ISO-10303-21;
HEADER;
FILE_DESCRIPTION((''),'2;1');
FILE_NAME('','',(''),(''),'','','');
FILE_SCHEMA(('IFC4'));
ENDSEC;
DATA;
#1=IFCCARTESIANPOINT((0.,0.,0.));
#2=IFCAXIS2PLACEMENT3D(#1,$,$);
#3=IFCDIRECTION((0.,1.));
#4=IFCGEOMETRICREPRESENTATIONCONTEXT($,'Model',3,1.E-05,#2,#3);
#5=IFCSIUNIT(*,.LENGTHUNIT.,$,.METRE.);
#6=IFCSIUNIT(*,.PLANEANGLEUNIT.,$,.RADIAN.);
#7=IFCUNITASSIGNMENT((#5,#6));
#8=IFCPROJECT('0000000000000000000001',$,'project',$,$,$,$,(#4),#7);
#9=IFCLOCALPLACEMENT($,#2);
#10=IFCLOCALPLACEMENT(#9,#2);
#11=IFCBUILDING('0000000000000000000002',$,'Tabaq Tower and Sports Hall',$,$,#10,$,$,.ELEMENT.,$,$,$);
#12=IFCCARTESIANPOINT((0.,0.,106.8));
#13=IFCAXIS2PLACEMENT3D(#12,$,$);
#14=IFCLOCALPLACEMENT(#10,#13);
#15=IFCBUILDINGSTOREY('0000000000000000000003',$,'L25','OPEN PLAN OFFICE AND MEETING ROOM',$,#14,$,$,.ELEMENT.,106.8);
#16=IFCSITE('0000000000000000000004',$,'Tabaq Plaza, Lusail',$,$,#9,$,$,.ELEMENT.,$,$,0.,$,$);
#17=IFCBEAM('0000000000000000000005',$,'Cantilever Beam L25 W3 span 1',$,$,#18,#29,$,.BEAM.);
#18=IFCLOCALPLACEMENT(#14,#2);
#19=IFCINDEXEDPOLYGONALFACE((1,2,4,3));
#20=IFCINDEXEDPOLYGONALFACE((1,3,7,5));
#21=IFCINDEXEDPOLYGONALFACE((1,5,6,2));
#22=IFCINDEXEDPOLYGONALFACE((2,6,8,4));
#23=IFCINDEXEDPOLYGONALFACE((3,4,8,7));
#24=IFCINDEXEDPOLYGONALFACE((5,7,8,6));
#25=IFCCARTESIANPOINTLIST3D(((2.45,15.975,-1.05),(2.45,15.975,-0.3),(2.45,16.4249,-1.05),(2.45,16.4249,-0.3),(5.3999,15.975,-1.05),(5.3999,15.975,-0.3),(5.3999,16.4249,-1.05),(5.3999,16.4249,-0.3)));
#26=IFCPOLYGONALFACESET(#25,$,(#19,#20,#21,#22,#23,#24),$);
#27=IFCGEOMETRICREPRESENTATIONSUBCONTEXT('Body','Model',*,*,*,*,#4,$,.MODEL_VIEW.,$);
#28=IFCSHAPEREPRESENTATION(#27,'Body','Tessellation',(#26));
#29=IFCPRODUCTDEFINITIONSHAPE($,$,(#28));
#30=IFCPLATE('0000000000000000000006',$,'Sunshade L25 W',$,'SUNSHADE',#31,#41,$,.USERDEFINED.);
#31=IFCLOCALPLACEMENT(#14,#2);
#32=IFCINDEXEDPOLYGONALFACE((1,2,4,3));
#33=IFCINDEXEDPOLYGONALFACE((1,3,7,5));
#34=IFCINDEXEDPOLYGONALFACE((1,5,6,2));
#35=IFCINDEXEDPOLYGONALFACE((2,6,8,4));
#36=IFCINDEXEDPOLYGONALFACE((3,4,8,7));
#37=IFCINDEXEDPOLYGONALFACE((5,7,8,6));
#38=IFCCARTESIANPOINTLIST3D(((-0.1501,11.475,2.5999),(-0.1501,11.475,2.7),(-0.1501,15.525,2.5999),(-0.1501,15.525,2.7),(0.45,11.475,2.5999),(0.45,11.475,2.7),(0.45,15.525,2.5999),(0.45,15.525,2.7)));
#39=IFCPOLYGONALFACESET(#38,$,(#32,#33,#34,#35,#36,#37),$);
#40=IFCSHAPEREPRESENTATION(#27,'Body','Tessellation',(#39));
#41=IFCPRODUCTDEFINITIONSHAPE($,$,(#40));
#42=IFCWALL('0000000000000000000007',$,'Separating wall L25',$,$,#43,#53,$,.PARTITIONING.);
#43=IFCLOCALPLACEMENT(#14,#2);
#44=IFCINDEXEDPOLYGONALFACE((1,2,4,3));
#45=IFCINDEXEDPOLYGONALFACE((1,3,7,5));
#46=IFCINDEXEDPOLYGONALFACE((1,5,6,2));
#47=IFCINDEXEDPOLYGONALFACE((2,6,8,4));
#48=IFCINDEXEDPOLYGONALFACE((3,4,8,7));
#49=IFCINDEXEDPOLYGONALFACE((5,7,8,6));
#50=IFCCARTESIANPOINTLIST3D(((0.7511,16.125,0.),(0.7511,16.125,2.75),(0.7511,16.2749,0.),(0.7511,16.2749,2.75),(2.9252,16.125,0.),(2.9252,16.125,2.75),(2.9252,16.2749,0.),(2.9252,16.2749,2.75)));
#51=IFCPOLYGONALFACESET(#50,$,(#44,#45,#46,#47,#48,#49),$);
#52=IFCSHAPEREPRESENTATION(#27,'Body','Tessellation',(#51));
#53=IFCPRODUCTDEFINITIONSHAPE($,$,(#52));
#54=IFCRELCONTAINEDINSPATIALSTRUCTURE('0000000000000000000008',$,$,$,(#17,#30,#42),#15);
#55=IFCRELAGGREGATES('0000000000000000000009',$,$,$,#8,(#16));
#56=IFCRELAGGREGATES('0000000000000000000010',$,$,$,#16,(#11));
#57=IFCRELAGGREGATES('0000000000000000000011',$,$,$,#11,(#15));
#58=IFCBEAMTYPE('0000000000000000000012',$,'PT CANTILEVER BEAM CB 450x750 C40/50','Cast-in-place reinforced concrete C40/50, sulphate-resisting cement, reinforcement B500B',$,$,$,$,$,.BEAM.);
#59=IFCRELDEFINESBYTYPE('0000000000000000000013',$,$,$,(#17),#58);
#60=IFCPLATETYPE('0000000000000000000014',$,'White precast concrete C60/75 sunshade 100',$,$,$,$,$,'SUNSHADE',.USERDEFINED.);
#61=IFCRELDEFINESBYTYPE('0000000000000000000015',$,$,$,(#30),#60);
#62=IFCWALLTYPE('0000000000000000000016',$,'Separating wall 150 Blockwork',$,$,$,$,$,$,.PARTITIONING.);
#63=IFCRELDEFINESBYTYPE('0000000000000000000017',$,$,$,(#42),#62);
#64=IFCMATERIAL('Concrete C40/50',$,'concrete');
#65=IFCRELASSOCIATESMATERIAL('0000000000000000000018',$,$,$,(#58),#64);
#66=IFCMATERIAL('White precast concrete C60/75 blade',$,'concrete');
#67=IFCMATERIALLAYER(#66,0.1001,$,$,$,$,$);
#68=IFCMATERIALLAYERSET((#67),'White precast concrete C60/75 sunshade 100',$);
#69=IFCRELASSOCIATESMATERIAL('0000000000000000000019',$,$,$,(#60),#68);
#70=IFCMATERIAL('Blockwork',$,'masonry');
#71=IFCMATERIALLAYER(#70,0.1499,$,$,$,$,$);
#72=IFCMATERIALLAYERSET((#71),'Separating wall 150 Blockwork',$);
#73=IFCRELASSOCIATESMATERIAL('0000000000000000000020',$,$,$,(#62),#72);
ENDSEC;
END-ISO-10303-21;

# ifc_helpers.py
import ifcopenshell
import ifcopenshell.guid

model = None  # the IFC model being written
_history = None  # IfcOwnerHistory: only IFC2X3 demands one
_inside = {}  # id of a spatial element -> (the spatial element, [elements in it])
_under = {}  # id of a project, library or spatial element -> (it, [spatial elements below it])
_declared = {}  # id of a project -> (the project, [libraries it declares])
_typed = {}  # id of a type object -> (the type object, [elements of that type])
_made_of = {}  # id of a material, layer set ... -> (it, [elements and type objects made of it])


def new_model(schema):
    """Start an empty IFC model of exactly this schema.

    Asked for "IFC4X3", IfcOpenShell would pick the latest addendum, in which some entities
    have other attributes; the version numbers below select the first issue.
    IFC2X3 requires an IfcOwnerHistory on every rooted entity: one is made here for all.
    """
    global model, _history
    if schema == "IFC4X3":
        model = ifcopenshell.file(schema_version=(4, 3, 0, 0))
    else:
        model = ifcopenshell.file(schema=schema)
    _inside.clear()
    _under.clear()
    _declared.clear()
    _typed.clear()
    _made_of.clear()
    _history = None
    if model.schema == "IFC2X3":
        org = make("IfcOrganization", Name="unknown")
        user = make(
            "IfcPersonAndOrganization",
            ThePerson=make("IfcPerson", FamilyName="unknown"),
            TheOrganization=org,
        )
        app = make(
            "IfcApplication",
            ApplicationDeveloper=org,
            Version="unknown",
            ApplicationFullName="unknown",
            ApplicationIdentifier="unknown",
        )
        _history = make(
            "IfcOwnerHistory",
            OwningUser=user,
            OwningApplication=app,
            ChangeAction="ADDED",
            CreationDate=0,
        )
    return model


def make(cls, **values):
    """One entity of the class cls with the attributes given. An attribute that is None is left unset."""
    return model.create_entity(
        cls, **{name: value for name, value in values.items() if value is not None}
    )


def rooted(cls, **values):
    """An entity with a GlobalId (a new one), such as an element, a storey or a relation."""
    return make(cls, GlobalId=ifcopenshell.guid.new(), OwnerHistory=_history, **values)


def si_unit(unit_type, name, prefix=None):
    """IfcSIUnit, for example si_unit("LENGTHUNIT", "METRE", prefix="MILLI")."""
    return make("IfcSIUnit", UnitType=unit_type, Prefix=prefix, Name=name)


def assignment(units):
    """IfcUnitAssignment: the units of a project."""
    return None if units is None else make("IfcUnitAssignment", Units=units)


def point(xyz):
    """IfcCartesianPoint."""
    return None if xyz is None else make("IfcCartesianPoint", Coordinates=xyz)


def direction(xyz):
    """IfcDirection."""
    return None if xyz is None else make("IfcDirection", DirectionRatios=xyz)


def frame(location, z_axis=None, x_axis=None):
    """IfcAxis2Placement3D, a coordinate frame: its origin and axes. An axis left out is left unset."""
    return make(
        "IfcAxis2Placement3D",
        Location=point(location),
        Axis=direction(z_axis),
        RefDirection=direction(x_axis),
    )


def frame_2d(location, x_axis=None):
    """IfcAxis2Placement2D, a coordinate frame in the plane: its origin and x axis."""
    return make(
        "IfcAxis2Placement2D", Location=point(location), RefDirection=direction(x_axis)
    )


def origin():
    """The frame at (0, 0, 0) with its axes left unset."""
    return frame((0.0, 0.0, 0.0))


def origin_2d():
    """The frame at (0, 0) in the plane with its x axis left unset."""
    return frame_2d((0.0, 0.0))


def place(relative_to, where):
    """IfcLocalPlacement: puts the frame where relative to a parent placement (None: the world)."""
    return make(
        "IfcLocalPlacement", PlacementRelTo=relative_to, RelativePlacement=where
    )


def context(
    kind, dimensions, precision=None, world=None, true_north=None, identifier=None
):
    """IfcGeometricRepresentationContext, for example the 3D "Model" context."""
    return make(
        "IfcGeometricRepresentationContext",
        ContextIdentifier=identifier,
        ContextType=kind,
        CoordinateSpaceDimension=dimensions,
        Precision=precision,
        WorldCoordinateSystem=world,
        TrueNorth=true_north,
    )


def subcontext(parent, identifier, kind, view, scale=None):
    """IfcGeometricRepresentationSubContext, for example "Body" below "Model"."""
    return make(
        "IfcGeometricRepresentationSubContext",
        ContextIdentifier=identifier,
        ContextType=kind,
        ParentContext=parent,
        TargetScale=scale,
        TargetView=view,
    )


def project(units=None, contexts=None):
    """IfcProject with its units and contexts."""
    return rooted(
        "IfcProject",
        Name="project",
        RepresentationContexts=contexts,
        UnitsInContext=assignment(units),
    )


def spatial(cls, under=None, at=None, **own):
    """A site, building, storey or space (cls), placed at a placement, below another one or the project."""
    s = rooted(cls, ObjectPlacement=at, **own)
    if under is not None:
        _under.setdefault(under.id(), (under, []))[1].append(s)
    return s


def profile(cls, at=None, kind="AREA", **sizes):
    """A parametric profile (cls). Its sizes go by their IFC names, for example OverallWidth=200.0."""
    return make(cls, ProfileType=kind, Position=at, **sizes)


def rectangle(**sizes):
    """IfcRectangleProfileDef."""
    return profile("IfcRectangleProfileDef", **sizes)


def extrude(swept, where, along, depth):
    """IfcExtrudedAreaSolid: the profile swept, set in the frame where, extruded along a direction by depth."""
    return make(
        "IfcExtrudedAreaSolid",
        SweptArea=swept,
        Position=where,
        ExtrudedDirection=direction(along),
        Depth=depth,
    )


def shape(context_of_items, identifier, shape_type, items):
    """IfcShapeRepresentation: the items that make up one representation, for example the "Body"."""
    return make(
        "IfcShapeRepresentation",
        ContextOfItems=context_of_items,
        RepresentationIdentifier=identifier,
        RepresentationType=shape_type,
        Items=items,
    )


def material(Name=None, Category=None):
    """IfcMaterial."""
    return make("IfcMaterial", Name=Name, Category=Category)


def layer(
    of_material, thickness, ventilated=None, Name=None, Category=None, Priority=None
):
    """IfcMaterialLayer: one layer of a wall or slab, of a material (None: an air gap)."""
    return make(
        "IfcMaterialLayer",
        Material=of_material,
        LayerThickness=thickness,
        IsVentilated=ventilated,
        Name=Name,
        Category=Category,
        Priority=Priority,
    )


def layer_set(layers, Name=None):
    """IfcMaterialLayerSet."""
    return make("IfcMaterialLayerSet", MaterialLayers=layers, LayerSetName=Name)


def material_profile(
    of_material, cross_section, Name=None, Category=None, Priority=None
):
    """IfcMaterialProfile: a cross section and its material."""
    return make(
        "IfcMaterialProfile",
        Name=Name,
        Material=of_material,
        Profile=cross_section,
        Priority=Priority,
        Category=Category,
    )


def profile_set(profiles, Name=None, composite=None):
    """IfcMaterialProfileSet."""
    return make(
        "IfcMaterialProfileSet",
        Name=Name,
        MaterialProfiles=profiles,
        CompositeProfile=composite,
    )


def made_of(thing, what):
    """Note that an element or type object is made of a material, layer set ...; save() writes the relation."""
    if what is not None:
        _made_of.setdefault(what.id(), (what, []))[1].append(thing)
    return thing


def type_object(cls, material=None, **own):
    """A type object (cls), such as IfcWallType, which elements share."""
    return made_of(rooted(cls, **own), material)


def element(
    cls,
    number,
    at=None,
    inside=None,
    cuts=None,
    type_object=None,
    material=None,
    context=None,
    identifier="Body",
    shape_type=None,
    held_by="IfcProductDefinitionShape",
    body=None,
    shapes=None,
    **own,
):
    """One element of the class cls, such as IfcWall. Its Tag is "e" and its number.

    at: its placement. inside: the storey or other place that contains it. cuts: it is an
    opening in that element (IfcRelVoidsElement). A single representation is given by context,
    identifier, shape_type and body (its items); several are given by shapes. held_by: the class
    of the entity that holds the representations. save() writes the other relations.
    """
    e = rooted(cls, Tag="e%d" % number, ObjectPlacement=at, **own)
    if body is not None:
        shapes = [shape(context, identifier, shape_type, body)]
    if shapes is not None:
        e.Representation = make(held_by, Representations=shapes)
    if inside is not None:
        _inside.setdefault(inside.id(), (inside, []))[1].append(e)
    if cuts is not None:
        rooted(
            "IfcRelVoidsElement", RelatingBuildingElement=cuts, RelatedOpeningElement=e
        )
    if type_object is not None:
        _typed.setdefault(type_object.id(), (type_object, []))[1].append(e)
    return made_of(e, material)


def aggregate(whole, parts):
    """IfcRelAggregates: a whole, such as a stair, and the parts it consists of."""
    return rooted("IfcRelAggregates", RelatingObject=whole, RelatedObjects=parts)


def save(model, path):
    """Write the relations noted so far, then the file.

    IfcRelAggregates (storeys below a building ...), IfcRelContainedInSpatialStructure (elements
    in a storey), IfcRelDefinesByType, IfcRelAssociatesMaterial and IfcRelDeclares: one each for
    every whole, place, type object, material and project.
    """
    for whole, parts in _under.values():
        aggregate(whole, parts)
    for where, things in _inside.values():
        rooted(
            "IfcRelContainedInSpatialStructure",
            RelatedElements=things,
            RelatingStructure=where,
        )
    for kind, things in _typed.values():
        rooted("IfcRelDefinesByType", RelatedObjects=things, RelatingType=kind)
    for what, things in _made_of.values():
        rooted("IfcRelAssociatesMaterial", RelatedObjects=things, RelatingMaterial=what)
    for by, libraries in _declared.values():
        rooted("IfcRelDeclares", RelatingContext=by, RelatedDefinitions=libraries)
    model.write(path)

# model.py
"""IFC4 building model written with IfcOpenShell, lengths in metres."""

from ifc_helpers import new_model, si_unit, direction, frame, frame_2d, origin, origin_2d, place, context, subcontext, project, spatial, rectangle, extrude, material, layer, layer_set, material_profile, profile_set, type_object, element, save


model = new_model("IFC4")

# Units and contexts
model_context = context("Model", 3, precision=1e-05, world=origin(), true_north=direction((0.0, 1.0)))
body_context = subcontext(model_context, "Body", "Model", "MODEL_VIEW")
ifc_project = project(units=[si_unit("LENGTHUNIT", "METRE"), si_unit("PLANEANGLEUNIT", "RADIAN")], contexts=[model_context])

# Site, building, storey
site_placement = place(None, origin())
site = spatial("IfcSite", under=ifc_project, at=site_placement, Name="Tabaq Plaza, Lusail", CompositionType="ELEMENT", RefElevation=0.0)
building_placement = place(site_placement, origin())
building = spatial("IfcBuilding", under=site, at=building_placement, Name="Tabaq Tower and Sports Hall", CompositionType="ELEMENT")
storey_placement = place(building_placement, frame((0.0, 0.0, 106.8)))
storey = spatial("IfcBuildingStorey", under=building, at=storey_placement, Name="L25", Description="OPEN PLAN OFFICE AND MEETING ROOM", CompositionType="ELEMENT", Elevation=106.8)

# Beam
ifc_material_1 = material(Name="Concrete C40/50", Category="concrete")
ifc_material_profile = material_profile(ifc_material_1, rectangle(XDim=0.45, YDim=0.75, at=origin_2d()), Name="CB 450x750")
ifc_profile_set = profile_set([ifc_material_profile], Name="Concrete C40/50")
beam_type = type_object("IfcBeamType", Name="PT CANTILEVER BEAM CB 450x750 C40/50", Description="Cast-in-place reinforced concrete C40/50, sulphate-resisting cement, reinforcement B500B", PredefinedType="BEAM", material=ifc_profile_set)
beam_placement = place(storey_placement, frame((2.45, 16.2, -0.675), z_axis=(1.0, 0.0, 0.0), x_axis=(0.0, 1.0, 0.0)))
element("IfcBeam", 1, at=beam_placement, inside=storey, type_object=beam_type, Name="Cantilever Beam L25 W3 span 1", PredefinedType="BEAM", context=body_context, shape_type="SweptSolid", body=[
    extrude(rectangle(XDim=0.45, YDim=0.75, at=origin_2d()), origin(), (0.0, 0.0, 1.0), 2.95),
])

# Plate
ifc_material_2 = material(Name="White precast concrete C60/75 blade", Category="concrete")
ifc_layer_1 = layer(ifc_material_2, 0.1001)
ifc_layer_set_1 = layer_set([ifc_layer_1], Name="White precast concrete C60/75 sunshade 100")
plate_type = type_object("IfcPlateType", Name="White precast concrete C60/75 sunshade 100", ElementType="SUNSHADE", PredefinedType="USERDEFINED", material=ifc_layer_set_1)
plate_placement = place(storey_placement, frame((0.1499, 13.5, 2.5999), z_axis=(0.0, 0.0, 1.0), x_axis=(0.0, -1.0, 0.0)))
element("IfcPlate", 2, at=plate_placement, inside=storey, type_object=plate_type, Name="Sunshade L25 W", ObjectType="SUNSHADE", PredefinedType="USERDEFINED", context=body_context, shape_type="SweptSolid", body=[
    extrude(rectangle(XDim=4.05, YDim=0.6001, at=origin_2d()), origin(), (0.0, 0.0, 1.0), 0.1001),
])

# Wall
ifc_material_3 = material(Name="Blockwork", Category="masonry")
ifc_layer_2 = layer(ifc_material_3, 0.1499)
ifc_layer_set_2 = layer_set([ifc_layer_2], Name="Separating wall 150 Blockwork")
wall_type_1 = type_object("IfcWallType", Name="Separating wall 150 Blockwork", PredefinedType="PARTITIONING", material=ifc_layer_set_2)
wall_1_placement = place(storey_placement, frame((2.925, 16.2, 0.0), z_axis=(0.0, 0.0, 1.0), x_axis=(-1.0, 0.0, 0.0)))
element("IfcWall", 3, at=wall_1_placement, inside=storey, type_object=wall_type_1, Name="Separating wall L25", PredefinedType="PARTITIONING", context=body_context, shape_type="SweptSolid", body=[
    extrude(rectangle(XDim=2.1741, YDim=0.1499, at=frame_2d((1.0869, 0.0))), origin(), (0.0, 0.0, 1.0), 2.75),
])

save(model, "model.ifc")
